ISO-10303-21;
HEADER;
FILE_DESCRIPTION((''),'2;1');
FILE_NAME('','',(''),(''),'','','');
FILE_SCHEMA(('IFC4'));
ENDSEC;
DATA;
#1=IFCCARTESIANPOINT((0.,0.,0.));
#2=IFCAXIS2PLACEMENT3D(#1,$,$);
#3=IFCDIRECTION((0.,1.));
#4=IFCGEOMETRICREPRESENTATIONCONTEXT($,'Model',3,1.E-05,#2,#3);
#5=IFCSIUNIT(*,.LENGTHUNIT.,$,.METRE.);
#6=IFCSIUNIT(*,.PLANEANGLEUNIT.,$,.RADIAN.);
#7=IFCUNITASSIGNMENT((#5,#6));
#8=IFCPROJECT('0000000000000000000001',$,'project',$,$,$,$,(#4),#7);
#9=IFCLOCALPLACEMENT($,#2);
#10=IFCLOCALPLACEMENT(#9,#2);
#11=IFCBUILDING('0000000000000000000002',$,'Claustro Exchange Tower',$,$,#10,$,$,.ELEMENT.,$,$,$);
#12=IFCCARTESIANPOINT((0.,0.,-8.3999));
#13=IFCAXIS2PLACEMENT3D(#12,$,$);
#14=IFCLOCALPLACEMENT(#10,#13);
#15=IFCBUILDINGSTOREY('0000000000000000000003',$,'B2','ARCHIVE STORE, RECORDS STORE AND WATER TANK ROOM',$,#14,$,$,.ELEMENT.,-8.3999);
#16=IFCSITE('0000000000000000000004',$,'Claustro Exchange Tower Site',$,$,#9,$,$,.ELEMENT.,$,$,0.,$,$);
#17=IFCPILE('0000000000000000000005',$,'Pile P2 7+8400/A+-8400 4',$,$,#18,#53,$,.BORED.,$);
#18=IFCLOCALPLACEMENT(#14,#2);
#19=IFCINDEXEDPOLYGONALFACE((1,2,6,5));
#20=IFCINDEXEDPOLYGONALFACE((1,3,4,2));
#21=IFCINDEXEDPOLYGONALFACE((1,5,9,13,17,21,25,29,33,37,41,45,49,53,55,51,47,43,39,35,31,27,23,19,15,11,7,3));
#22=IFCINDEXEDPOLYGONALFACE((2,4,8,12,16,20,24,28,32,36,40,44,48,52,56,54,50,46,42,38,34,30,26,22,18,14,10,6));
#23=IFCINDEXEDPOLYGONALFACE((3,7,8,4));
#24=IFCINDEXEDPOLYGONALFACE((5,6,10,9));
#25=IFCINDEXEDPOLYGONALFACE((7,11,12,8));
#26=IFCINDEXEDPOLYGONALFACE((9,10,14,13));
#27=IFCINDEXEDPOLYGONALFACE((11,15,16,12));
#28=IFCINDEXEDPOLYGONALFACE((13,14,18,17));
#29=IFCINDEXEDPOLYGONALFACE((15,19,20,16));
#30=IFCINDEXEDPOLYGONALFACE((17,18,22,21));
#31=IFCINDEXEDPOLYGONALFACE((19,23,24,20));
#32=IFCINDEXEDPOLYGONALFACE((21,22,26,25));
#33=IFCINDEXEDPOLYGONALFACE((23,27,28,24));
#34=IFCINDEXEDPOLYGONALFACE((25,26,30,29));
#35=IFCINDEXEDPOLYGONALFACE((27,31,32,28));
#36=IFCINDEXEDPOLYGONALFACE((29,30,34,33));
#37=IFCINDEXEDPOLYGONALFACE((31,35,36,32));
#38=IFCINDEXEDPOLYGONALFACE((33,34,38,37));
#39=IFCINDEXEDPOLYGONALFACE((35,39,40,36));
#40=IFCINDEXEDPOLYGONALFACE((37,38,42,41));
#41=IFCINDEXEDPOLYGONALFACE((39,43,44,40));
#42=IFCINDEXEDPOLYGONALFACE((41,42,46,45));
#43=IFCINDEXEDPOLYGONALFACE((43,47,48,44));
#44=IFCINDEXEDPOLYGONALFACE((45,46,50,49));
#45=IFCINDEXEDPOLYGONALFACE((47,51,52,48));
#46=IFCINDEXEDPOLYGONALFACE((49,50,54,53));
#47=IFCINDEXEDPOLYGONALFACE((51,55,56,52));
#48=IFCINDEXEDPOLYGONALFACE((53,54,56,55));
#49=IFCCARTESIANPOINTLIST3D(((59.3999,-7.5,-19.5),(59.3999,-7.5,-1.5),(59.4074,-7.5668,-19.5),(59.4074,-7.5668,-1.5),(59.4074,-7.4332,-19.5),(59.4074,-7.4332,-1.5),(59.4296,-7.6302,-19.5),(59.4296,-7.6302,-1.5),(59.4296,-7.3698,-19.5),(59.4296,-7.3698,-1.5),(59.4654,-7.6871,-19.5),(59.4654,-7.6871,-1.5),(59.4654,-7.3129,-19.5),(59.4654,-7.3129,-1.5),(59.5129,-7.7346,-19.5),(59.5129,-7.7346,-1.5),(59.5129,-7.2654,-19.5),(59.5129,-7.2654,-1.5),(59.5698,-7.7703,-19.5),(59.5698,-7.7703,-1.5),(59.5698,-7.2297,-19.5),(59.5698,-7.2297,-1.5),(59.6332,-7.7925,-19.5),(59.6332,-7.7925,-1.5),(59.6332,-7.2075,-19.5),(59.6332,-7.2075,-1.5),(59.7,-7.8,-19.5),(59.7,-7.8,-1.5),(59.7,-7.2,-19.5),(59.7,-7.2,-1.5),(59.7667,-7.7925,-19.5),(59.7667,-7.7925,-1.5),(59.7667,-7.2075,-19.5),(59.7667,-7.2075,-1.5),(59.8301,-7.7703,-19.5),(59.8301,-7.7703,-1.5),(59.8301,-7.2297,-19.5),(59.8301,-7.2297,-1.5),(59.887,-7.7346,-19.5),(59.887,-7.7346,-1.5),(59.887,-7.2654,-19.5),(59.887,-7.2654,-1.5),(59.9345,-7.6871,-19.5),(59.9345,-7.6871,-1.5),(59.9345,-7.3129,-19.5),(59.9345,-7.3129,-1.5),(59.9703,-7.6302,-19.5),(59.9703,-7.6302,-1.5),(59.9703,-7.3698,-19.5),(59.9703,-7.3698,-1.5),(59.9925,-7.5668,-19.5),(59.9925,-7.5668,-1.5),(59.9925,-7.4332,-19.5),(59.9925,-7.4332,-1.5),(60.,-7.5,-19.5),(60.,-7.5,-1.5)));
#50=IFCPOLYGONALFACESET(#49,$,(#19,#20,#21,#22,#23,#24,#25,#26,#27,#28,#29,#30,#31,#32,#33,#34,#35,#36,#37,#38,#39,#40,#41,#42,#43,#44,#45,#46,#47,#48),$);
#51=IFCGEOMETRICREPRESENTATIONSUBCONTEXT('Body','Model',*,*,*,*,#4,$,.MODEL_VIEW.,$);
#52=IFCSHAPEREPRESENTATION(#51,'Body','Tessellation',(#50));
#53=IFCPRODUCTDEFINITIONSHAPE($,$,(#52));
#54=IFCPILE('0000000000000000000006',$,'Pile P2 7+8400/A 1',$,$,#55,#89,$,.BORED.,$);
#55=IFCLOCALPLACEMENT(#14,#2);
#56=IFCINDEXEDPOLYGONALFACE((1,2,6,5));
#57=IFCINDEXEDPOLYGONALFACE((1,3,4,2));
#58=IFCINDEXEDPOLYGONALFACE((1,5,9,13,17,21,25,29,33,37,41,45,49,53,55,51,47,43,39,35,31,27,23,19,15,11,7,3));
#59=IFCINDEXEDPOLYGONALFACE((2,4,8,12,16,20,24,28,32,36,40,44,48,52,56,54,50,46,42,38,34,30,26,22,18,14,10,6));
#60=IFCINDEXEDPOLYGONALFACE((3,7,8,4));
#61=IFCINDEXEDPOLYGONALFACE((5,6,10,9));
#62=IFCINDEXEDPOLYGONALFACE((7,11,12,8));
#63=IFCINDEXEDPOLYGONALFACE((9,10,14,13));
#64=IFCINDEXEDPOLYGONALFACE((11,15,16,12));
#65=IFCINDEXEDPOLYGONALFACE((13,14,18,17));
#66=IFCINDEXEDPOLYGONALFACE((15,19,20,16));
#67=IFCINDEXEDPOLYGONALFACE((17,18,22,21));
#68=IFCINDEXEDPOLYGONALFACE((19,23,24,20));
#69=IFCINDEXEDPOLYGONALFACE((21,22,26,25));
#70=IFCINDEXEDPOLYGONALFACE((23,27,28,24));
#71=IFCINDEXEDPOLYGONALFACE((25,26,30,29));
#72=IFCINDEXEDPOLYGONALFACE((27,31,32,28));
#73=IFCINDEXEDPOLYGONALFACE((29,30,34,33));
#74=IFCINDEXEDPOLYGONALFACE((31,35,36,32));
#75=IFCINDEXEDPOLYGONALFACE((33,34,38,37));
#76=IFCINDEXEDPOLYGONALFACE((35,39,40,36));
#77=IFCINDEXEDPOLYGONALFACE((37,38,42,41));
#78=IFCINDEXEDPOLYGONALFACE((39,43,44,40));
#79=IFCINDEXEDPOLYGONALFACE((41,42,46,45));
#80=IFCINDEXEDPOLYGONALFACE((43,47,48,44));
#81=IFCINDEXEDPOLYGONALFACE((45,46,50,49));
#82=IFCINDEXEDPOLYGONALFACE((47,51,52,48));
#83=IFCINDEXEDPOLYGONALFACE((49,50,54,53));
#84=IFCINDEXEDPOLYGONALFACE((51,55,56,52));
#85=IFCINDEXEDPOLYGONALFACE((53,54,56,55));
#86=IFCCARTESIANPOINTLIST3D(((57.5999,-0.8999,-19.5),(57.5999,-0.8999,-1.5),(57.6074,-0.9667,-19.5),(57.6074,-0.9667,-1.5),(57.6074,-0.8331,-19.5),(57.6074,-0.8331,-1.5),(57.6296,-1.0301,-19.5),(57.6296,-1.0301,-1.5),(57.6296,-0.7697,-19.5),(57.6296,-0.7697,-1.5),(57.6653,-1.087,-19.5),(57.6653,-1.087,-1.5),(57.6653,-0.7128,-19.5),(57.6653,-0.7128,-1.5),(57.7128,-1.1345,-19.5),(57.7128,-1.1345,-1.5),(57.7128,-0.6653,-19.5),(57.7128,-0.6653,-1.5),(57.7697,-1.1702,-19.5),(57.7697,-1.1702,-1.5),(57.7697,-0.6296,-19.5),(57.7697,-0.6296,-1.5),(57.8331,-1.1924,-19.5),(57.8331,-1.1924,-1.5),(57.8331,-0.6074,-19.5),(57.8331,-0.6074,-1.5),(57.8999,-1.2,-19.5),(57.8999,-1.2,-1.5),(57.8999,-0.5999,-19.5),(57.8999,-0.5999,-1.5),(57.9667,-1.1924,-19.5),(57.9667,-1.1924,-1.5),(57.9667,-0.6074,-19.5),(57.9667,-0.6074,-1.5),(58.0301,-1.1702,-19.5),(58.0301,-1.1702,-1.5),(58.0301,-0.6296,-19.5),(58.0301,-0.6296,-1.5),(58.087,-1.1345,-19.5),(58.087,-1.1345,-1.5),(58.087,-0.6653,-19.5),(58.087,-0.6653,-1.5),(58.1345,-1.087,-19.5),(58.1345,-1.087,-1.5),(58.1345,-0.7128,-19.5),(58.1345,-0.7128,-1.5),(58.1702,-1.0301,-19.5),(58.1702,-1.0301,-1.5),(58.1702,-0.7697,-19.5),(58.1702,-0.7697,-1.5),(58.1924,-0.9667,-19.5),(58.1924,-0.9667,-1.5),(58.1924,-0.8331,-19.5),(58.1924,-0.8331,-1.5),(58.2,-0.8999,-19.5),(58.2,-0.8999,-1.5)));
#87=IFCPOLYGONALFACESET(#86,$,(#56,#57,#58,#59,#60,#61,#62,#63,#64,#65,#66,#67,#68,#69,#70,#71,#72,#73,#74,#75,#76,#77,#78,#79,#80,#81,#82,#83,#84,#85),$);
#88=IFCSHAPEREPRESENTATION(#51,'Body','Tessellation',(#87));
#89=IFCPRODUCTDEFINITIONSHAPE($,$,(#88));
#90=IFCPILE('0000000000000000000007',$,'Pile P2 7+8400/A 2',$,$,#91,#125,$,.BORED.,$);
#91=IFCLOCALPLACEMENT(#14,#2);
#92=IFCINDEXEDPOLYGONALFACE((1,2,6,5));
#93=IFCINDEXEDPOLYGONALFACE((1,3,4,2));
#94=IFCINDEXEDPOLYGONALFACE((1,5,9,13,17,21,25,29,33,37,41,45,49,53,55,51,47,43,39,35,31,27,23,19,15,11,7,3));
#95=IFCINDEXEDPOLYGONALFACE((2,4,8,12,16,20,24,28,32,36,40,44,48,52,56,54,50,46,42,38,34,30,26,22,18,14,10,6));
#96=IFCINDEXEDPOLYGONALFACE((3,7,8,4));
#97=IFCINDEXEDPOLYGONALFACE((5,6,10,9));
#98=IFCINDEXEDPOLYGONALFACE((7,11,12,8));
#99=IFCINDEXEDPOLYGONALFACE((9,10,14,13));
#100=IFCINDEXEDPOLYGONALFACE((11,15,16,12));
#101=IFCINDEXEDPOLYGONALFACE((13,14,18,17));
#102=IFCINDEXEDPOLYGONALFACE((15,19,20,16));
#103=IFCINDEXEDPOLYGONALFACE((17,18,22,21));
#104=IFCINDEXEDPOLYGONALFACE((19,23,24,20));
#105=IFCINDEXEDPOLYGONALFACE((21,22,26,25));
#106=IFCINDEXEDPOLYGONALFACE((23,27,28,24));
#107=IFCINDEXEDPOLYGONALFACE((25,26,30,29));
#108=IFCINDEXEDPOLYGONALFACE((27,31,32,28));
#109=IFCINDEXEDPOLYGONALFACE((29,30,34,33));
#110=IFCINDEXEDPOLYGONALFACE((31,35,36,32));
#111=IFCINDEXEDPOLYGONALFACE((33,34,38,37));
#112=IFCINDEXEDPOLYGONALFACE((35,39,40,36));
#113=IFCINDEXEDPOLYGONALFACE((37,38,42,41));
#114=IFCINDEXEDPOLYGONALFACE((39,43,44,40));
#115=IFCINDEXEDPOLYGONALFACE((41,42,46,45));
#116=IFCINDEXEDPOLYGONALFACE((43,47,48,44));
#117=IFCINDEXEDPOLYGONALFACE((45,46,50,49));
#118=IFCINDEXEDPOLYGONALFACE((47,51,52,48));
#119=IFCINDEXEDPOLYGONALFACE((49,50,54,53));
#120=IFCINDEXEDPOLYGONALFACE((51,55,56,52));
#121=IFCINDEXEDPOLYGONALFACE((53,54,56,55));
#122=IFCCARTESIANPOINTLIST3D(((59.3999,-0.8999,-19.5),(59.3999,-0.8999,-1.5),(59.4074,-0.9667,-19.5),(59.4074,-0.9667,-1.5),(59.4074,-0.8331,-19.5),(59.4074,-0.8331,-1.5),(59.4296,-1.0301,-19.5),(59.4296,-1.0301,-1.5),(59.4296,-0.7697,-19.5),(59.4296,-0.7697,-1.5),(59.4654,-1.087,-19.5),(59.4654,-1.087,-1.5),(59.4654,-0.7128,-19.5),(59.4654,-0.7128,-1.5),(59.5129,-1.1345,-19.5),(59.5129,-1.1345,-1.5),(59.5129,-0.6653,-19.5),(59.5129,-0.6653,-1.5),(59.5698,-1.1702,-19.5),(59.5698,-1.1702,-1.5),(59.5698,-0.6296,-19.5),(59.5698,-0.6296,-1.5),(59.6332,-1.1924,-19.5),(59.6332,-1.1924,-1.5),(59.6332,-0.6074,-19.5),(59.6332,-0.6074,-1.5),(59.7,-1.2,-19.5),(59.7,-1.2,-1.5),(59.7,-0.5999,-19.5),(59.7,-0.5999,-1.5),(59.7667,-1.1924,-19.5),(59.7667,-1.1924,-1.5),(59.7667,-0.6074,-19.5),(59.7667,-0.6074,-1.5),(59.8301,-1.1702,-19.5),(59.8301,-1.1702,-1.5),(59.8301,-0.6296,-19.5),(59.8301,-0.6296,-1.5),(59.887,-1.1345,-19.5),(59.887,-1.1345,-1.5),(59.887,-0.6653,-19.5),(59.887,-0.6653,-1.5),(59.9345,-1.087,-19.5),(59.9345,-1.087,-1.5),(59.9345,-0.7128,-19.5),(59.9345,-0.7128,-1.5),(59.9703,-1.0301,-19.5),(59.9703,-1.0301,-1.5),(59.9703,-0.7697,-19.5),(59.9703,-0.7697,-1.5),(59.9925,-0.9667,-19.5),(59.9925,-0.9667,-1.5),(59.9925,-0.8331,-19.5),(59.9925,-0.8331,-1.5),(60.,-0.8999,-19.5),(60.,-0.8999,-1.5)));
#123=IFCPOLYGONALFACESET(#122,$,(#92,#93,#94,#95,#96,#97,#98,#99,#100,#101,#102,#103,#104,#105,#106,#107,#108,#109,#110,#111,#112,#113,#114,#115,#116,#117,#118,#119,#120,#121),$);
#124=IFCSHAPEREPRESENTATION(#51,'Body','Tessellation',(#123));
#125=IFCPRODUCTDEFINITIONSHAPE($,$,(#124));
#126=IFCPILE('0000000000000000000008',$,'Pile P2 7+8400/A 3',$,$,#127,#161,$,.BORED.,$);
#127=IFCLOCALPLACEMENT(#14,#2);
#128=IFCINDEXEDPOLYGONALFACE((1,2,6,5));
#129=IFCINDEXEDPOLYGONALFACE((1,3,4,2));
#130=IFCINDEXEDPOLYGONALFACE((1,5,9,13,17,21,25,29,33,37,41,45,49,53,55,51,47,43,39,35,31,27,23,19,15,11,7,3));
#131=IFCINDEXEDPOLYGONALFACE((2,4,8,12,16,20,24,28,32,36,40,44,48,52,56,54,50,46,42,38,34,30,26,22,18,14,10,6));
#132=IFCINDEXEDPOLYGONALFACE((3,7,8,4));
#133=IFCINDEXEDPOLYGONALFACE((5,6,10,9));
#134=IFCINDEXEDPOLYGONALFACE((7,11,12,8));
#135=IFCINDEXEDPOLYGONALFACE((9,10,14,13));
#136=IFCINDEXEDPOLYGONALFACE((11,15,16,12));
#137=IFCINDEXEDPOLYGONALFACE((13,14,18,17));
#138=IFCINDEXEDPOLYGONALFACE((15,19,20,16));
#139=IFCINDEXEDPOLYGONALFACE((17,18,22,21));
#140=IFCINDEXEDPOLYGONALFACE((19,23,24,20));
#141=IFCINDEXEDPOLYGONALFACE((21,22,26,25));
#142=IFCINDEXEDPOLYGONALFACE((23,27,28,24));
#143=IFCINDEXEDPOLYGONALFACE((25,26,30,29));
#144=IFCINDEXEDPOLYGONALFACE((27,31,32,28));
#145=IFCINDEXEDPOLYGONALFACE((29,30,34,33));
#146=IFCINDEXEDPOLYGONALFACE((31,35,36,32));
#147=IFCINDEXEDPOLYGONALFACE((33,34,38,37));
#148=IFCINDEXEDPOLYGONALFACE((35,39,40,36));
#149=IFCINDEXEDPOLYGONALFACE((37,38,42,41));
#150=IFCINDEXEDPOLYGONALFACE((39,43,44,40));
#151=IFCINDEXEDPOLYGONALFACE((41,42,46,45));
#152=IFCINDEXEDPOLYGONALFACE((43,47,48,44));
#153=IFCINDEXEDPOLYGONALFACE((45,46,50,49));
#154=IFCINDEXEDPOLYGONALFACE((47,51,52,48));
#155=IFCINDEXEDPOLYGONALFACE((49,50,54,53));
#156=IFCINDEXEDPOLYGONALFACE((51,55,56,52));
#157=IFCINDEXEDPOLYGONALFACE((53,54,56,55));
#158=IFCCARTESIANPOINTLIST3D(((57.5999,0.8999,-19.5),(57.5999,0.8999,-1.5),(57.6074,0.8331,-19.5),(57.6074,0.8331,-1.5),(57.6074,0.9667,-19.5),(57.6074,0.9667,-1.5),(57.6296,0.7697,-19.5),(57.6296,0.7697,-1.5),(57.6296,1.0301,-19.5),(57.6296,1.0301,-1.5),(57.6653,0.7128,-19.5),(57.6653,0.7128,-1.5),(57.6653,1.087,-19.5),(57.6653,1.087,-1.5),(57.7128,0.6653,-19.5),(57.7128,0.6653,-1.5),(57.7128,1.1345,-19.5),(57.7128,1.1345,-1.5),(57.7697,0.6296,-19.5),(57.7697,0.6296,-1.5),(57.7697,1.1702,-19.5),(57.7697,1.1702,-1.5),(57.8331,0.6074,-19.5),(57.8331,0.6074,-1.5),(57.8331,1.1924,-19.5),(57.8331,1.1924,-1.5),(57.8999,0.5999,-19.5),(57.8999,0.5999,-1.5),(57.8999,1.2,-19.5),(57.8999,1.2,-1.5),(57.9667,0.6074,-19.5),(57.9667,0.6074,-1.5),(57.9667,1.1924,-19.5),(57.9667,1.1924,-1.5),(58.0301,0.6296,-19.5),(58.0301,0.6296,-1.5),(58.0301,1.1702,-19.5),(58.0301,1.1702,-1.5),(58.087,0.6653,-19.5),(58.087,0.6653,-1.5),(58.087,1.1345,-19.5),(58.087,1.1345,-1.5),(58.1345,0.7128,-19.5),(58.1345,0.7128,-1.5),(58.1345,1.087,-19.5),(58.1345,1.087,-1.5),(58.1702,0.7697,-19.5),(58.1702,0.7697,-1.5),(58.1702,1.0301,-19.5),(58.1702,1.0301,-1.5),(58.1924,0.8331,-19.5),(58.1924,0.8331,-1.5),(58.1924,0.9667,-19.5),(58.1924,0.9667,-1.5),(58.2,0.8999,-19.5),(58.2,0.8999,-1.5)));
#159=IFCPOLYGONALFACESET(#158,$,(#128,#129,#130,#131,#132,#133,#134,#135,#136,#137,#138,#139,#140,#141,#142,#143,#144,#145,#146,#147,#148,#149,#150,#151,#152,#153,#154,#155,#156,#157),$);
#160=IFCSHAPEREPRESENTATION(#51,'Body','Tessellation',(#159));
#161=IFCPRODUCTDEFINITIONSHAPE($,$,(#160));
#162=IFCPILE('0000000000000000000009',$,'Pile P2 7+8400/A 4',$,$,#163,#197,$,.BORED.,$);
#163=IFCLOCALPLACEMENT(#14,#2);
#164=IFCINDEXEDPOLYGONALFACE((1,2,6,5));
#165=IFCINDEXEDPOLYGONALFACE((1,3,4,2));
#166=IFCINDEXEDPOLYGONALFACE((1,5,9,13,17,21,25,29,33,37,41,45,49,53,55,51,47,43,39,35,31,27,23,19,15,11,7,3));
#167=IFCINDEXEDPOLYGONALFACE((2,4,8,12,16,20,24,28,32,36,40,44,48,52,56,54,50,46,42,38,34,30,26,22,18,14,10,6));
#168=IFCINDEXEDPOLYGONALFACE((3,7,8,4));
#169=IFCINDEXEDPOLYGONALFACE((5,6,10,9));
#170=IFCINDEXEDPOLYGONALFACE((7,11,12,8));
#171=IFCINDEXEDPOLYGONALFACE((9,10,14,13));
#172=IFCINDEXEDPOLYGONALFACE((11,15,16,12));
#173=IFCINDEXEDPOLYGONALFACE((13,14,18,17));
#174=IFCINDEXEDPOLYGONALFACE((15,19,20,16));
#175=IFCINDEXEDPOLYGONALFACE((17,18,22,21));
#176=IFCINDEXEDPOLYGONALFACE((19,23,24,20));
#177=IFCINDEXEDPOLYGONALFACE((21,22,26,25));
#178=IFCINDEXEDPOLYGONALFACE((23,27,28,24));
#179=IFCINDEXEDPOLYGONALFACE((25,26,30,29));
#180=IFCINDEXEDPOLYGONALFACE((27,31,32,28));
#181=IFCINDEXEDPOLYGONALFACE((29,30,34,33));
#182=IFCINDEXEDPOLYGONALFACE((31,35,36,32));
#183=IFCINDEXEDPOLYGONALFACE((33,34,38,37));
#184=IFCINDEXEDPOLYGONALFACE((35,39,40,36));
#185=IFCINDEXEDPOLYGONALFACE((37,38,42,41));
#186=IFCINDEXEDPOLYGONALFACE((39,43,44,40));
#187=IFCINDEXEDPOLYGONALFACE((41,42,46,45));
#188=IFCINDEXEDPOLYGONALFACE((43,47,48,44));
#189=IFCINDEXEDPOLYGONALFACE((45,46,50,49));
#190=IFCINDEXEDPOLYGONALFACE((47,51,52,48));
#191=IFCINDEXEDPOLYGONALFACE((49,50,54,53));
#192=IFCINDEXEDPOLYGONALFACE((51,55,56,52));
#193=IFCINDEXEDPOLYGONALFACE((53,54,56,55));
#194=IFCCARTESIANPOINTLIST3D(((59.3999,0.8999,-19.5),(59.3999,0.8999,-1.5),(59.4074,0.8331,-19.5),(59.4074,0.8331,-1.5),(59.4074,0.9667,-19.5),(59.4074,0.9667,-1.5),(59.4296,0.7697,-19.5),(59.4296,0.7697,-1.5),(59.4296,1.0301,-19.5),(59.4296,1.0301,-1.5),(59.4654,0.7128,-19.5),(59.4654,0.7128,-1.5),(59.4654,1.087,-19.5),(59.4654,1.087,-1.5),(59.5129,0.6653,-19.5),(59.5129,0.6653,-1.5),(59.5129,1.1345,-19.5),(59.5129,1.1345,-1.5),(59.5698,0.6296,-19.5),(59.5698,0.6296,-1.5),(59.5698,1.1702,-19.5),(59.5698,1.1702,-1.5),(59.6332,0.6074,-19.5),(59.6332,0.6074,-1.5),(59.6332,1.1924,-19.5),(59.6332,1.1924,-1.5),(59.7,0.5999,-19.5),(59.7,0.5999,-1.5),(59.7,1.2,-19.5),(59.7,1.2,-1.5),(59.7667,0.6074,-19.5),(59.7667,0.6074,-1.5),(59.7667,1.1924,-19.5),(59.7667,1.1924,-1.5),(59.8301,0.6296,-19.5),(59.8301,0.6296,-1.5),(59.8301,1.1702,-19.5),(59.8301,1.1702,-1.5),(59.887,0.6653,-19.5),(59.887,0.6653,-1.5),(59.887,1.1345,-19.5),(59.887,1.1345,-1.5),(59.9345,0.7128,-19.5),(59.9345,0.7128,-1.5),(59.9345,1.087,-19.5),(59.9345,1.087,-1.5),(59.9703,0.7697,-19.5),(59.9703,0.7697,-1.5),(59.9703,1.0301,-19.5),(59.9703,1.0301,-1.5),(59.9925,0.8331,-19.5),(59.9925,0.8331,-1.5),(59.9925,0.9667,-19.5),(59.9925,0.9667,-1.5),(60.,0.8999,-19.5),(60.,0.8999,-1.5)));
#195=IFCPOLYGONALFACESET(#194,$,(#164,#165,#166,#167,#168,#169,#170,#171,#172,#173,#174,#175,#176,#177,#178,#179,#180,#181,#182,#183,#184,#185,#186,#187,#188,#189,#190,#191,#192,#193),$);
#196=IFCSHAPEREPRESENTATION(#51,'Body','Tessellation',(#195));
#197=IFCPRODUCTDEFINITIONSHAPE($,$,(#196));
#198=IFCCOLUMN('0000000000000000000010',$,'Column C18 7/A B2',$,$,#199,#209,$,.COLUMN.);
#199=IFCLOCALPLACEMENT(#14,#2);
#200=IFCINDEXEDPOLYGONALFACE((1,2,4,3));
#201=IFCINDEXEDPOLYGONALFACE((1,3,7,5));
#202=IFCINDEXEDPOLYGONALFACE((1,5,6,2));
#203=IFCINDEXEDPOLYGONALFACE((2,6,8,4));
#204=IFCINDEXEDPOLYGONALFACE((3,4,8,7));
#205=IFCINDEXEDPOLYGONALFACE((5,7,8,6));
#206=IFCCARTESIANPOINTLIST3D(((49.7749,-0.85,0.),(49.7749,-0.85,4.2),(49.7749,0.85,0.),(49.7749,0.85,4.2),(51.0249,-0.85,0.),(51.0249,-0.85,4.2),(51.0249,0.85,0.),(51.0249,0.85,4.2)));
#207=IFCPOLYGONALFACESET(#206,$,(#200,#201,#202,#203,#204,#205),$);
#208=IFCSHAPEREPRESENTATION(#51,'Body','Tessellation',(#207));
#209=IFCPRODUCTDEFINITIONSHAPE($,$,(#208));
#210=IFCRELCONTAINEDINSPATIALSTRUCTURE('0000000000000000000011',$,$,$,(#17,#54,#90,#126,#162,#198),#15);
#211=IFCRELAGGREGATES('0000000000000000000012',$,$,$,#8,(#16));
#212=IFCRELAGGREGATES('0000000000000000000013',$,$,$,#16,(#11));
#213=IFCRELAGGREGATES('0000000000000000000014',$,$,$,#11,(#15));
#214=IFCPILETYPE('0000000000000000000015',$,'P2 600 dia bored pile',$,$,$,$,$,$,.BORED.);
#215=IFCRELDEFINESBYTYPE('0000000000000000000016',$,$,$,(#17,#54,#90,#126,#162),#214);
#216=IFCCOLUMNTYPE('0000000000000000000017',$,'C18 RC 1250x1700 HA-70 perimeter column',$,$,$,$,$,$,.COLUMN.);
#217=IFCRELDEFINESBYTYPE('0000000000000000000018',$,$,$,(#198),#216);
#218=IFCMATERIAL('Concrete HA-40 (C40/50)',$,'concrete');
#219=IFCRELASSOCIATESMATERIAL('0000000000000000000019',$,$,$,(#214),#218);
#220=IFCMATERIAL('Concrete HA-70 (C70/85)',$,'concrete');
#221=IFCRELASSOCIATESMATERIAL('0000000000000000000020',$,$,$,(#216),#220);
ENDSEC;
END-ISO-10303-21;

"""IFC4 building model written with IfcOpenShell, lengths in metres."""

from ifc_helpers import new_model, si_unit, direction, frame, origin, origin_2d, place, context, subcontext, project, spatial, rectangle, circle, extrude, material, material_profile, profile_set, type_object, element, save


model = new_model("IFC4")

# Units and contexts
model_context = context("Model", 3, precision=1e-05, world=origin(), true_north=direction((0.0, 1.0)))
body_context = subcontext(model_context, "Body", "Model", "MODEL_VIEW")
ifc_project = project(units=[si_unit("LENGTHUNIT", "METRE"), si_unit("PLANEANGLEUNIT", "RADIAN")], contexts=[model_context])

# Site, building, storey
site_placement = place(None, origin())
site = spatial("IfcSite", under=ifc_project, at=site_placement, Name="Claustro Exchange Tower Site", CompositionType="ELEMENT", RefElevation=0.0)
building_placement = place(site_placement, origin())
building = spatial("IfcBuilding", under=site, at=building_placement, Name="Claustro Exchange Tower", CompositionType="ELEMENT")
storey_placement = place(building_placement, frame((0.0, 0.0, -8.3999)))
storey = spatial("IfcBuildingStorey", under=building, at=storey_placement, Name="B2", Description="ARCHIVE STORE, RECORDS STORE AND WATER TANK ROOM", CompositionType="ELEMENT", Elevation=-8.3999)

# Piles
ifc_material_1 = material(Name="Concrete HA-40 (C40/50)", Category="concrete")
pile_type_1 = type_object("IfcPileType", Name="P2 600 dia bored pile", PredefinedType="BORED", material=ifc_material_1)
for number, where, z_axis, x_axis, name in (
    (1, (59.7, -7.5, -1.5), (0.0, 0.0, -1.0), (1.0, 0.0, 0.0), "Pile P2 7+8400/A+-8400 4"),
    (2, (57.8999, -0.8999, -1.5), (0.0, 0.0, -1.0), (1.0, 0.0, 0.0), "Pile P2 7+8400/A 1"),
    (3, (59.7, -0.8999, -1.5), (0.0, 0.0, -1.0), (1.0, 0.0, 0.0), "Pile P2 7+8400/A 2"),
    (4, (57.8999, 0.8999, -1.5), (0.0, 0.0, -1.0), (1.0, 0.0, 0.0), "Pile P2 7+8400/A 3"),
    (5, (59.7, 0.8999, -1.5), (0.0, 0.0, -1.0), (1.0, 0.0, 0.0), "Pile P2 7+8400/A 4"),
):
    element("IfcPile", number, at=place(storey_placement, frame(where, z_axis=z_axis, x_axis=x_axis)), inside=storey, type_object=pile_type_1, Name=name, PredefinedType="BORED", context=body_context, shape_type="SweptSolid", body=[
        extrude(circle(Radius=0.3, at=origin_2d()), origin(), (0.0, 0.0, 1.0), 18.0),
    ])

# Column
ifc_material_2 = material(Name="Concrete HA-70 (C70/85)", Category="concrete")
ifc_material_profile_1 = material_profile(ifc_material_2, rectangle(XDim=1.25, YDim=1.7, at=origin_2d()), Name="RC 1250x1700")
ifc_profile_set_1 = profile_set([ifc_material_profile_1], Name="Concrete HA-70 (C70/85)")
column_type_1 = type_object("IfcColumnType", Name="C18 RC 1250x1700 HA-70 perimeter column", PredefinedType="COLUMN", material=ifc_profile_set_1)
column_placement = place(storey_placement, frame((50.3999, 0.0, 0.0), z_axis=(0.0, 0.0, 1.0), x_axis=(1.0, 0.0, 0.0)))
element("IfcColumn", 6, at=column_placement, inside=storey, type_object=column_type_1, Name="Column C18 7/A B2", PredefinedType="COLUMN", context=body_context, shape_type="SweptSolid", body=[
    extrude(rectangle(XDim=1.25, YDim=1.7, at=origin_2d()), origin(), (0.0, 0.0, 1.0), 4.2),
])

save(model, "model.ifc")
